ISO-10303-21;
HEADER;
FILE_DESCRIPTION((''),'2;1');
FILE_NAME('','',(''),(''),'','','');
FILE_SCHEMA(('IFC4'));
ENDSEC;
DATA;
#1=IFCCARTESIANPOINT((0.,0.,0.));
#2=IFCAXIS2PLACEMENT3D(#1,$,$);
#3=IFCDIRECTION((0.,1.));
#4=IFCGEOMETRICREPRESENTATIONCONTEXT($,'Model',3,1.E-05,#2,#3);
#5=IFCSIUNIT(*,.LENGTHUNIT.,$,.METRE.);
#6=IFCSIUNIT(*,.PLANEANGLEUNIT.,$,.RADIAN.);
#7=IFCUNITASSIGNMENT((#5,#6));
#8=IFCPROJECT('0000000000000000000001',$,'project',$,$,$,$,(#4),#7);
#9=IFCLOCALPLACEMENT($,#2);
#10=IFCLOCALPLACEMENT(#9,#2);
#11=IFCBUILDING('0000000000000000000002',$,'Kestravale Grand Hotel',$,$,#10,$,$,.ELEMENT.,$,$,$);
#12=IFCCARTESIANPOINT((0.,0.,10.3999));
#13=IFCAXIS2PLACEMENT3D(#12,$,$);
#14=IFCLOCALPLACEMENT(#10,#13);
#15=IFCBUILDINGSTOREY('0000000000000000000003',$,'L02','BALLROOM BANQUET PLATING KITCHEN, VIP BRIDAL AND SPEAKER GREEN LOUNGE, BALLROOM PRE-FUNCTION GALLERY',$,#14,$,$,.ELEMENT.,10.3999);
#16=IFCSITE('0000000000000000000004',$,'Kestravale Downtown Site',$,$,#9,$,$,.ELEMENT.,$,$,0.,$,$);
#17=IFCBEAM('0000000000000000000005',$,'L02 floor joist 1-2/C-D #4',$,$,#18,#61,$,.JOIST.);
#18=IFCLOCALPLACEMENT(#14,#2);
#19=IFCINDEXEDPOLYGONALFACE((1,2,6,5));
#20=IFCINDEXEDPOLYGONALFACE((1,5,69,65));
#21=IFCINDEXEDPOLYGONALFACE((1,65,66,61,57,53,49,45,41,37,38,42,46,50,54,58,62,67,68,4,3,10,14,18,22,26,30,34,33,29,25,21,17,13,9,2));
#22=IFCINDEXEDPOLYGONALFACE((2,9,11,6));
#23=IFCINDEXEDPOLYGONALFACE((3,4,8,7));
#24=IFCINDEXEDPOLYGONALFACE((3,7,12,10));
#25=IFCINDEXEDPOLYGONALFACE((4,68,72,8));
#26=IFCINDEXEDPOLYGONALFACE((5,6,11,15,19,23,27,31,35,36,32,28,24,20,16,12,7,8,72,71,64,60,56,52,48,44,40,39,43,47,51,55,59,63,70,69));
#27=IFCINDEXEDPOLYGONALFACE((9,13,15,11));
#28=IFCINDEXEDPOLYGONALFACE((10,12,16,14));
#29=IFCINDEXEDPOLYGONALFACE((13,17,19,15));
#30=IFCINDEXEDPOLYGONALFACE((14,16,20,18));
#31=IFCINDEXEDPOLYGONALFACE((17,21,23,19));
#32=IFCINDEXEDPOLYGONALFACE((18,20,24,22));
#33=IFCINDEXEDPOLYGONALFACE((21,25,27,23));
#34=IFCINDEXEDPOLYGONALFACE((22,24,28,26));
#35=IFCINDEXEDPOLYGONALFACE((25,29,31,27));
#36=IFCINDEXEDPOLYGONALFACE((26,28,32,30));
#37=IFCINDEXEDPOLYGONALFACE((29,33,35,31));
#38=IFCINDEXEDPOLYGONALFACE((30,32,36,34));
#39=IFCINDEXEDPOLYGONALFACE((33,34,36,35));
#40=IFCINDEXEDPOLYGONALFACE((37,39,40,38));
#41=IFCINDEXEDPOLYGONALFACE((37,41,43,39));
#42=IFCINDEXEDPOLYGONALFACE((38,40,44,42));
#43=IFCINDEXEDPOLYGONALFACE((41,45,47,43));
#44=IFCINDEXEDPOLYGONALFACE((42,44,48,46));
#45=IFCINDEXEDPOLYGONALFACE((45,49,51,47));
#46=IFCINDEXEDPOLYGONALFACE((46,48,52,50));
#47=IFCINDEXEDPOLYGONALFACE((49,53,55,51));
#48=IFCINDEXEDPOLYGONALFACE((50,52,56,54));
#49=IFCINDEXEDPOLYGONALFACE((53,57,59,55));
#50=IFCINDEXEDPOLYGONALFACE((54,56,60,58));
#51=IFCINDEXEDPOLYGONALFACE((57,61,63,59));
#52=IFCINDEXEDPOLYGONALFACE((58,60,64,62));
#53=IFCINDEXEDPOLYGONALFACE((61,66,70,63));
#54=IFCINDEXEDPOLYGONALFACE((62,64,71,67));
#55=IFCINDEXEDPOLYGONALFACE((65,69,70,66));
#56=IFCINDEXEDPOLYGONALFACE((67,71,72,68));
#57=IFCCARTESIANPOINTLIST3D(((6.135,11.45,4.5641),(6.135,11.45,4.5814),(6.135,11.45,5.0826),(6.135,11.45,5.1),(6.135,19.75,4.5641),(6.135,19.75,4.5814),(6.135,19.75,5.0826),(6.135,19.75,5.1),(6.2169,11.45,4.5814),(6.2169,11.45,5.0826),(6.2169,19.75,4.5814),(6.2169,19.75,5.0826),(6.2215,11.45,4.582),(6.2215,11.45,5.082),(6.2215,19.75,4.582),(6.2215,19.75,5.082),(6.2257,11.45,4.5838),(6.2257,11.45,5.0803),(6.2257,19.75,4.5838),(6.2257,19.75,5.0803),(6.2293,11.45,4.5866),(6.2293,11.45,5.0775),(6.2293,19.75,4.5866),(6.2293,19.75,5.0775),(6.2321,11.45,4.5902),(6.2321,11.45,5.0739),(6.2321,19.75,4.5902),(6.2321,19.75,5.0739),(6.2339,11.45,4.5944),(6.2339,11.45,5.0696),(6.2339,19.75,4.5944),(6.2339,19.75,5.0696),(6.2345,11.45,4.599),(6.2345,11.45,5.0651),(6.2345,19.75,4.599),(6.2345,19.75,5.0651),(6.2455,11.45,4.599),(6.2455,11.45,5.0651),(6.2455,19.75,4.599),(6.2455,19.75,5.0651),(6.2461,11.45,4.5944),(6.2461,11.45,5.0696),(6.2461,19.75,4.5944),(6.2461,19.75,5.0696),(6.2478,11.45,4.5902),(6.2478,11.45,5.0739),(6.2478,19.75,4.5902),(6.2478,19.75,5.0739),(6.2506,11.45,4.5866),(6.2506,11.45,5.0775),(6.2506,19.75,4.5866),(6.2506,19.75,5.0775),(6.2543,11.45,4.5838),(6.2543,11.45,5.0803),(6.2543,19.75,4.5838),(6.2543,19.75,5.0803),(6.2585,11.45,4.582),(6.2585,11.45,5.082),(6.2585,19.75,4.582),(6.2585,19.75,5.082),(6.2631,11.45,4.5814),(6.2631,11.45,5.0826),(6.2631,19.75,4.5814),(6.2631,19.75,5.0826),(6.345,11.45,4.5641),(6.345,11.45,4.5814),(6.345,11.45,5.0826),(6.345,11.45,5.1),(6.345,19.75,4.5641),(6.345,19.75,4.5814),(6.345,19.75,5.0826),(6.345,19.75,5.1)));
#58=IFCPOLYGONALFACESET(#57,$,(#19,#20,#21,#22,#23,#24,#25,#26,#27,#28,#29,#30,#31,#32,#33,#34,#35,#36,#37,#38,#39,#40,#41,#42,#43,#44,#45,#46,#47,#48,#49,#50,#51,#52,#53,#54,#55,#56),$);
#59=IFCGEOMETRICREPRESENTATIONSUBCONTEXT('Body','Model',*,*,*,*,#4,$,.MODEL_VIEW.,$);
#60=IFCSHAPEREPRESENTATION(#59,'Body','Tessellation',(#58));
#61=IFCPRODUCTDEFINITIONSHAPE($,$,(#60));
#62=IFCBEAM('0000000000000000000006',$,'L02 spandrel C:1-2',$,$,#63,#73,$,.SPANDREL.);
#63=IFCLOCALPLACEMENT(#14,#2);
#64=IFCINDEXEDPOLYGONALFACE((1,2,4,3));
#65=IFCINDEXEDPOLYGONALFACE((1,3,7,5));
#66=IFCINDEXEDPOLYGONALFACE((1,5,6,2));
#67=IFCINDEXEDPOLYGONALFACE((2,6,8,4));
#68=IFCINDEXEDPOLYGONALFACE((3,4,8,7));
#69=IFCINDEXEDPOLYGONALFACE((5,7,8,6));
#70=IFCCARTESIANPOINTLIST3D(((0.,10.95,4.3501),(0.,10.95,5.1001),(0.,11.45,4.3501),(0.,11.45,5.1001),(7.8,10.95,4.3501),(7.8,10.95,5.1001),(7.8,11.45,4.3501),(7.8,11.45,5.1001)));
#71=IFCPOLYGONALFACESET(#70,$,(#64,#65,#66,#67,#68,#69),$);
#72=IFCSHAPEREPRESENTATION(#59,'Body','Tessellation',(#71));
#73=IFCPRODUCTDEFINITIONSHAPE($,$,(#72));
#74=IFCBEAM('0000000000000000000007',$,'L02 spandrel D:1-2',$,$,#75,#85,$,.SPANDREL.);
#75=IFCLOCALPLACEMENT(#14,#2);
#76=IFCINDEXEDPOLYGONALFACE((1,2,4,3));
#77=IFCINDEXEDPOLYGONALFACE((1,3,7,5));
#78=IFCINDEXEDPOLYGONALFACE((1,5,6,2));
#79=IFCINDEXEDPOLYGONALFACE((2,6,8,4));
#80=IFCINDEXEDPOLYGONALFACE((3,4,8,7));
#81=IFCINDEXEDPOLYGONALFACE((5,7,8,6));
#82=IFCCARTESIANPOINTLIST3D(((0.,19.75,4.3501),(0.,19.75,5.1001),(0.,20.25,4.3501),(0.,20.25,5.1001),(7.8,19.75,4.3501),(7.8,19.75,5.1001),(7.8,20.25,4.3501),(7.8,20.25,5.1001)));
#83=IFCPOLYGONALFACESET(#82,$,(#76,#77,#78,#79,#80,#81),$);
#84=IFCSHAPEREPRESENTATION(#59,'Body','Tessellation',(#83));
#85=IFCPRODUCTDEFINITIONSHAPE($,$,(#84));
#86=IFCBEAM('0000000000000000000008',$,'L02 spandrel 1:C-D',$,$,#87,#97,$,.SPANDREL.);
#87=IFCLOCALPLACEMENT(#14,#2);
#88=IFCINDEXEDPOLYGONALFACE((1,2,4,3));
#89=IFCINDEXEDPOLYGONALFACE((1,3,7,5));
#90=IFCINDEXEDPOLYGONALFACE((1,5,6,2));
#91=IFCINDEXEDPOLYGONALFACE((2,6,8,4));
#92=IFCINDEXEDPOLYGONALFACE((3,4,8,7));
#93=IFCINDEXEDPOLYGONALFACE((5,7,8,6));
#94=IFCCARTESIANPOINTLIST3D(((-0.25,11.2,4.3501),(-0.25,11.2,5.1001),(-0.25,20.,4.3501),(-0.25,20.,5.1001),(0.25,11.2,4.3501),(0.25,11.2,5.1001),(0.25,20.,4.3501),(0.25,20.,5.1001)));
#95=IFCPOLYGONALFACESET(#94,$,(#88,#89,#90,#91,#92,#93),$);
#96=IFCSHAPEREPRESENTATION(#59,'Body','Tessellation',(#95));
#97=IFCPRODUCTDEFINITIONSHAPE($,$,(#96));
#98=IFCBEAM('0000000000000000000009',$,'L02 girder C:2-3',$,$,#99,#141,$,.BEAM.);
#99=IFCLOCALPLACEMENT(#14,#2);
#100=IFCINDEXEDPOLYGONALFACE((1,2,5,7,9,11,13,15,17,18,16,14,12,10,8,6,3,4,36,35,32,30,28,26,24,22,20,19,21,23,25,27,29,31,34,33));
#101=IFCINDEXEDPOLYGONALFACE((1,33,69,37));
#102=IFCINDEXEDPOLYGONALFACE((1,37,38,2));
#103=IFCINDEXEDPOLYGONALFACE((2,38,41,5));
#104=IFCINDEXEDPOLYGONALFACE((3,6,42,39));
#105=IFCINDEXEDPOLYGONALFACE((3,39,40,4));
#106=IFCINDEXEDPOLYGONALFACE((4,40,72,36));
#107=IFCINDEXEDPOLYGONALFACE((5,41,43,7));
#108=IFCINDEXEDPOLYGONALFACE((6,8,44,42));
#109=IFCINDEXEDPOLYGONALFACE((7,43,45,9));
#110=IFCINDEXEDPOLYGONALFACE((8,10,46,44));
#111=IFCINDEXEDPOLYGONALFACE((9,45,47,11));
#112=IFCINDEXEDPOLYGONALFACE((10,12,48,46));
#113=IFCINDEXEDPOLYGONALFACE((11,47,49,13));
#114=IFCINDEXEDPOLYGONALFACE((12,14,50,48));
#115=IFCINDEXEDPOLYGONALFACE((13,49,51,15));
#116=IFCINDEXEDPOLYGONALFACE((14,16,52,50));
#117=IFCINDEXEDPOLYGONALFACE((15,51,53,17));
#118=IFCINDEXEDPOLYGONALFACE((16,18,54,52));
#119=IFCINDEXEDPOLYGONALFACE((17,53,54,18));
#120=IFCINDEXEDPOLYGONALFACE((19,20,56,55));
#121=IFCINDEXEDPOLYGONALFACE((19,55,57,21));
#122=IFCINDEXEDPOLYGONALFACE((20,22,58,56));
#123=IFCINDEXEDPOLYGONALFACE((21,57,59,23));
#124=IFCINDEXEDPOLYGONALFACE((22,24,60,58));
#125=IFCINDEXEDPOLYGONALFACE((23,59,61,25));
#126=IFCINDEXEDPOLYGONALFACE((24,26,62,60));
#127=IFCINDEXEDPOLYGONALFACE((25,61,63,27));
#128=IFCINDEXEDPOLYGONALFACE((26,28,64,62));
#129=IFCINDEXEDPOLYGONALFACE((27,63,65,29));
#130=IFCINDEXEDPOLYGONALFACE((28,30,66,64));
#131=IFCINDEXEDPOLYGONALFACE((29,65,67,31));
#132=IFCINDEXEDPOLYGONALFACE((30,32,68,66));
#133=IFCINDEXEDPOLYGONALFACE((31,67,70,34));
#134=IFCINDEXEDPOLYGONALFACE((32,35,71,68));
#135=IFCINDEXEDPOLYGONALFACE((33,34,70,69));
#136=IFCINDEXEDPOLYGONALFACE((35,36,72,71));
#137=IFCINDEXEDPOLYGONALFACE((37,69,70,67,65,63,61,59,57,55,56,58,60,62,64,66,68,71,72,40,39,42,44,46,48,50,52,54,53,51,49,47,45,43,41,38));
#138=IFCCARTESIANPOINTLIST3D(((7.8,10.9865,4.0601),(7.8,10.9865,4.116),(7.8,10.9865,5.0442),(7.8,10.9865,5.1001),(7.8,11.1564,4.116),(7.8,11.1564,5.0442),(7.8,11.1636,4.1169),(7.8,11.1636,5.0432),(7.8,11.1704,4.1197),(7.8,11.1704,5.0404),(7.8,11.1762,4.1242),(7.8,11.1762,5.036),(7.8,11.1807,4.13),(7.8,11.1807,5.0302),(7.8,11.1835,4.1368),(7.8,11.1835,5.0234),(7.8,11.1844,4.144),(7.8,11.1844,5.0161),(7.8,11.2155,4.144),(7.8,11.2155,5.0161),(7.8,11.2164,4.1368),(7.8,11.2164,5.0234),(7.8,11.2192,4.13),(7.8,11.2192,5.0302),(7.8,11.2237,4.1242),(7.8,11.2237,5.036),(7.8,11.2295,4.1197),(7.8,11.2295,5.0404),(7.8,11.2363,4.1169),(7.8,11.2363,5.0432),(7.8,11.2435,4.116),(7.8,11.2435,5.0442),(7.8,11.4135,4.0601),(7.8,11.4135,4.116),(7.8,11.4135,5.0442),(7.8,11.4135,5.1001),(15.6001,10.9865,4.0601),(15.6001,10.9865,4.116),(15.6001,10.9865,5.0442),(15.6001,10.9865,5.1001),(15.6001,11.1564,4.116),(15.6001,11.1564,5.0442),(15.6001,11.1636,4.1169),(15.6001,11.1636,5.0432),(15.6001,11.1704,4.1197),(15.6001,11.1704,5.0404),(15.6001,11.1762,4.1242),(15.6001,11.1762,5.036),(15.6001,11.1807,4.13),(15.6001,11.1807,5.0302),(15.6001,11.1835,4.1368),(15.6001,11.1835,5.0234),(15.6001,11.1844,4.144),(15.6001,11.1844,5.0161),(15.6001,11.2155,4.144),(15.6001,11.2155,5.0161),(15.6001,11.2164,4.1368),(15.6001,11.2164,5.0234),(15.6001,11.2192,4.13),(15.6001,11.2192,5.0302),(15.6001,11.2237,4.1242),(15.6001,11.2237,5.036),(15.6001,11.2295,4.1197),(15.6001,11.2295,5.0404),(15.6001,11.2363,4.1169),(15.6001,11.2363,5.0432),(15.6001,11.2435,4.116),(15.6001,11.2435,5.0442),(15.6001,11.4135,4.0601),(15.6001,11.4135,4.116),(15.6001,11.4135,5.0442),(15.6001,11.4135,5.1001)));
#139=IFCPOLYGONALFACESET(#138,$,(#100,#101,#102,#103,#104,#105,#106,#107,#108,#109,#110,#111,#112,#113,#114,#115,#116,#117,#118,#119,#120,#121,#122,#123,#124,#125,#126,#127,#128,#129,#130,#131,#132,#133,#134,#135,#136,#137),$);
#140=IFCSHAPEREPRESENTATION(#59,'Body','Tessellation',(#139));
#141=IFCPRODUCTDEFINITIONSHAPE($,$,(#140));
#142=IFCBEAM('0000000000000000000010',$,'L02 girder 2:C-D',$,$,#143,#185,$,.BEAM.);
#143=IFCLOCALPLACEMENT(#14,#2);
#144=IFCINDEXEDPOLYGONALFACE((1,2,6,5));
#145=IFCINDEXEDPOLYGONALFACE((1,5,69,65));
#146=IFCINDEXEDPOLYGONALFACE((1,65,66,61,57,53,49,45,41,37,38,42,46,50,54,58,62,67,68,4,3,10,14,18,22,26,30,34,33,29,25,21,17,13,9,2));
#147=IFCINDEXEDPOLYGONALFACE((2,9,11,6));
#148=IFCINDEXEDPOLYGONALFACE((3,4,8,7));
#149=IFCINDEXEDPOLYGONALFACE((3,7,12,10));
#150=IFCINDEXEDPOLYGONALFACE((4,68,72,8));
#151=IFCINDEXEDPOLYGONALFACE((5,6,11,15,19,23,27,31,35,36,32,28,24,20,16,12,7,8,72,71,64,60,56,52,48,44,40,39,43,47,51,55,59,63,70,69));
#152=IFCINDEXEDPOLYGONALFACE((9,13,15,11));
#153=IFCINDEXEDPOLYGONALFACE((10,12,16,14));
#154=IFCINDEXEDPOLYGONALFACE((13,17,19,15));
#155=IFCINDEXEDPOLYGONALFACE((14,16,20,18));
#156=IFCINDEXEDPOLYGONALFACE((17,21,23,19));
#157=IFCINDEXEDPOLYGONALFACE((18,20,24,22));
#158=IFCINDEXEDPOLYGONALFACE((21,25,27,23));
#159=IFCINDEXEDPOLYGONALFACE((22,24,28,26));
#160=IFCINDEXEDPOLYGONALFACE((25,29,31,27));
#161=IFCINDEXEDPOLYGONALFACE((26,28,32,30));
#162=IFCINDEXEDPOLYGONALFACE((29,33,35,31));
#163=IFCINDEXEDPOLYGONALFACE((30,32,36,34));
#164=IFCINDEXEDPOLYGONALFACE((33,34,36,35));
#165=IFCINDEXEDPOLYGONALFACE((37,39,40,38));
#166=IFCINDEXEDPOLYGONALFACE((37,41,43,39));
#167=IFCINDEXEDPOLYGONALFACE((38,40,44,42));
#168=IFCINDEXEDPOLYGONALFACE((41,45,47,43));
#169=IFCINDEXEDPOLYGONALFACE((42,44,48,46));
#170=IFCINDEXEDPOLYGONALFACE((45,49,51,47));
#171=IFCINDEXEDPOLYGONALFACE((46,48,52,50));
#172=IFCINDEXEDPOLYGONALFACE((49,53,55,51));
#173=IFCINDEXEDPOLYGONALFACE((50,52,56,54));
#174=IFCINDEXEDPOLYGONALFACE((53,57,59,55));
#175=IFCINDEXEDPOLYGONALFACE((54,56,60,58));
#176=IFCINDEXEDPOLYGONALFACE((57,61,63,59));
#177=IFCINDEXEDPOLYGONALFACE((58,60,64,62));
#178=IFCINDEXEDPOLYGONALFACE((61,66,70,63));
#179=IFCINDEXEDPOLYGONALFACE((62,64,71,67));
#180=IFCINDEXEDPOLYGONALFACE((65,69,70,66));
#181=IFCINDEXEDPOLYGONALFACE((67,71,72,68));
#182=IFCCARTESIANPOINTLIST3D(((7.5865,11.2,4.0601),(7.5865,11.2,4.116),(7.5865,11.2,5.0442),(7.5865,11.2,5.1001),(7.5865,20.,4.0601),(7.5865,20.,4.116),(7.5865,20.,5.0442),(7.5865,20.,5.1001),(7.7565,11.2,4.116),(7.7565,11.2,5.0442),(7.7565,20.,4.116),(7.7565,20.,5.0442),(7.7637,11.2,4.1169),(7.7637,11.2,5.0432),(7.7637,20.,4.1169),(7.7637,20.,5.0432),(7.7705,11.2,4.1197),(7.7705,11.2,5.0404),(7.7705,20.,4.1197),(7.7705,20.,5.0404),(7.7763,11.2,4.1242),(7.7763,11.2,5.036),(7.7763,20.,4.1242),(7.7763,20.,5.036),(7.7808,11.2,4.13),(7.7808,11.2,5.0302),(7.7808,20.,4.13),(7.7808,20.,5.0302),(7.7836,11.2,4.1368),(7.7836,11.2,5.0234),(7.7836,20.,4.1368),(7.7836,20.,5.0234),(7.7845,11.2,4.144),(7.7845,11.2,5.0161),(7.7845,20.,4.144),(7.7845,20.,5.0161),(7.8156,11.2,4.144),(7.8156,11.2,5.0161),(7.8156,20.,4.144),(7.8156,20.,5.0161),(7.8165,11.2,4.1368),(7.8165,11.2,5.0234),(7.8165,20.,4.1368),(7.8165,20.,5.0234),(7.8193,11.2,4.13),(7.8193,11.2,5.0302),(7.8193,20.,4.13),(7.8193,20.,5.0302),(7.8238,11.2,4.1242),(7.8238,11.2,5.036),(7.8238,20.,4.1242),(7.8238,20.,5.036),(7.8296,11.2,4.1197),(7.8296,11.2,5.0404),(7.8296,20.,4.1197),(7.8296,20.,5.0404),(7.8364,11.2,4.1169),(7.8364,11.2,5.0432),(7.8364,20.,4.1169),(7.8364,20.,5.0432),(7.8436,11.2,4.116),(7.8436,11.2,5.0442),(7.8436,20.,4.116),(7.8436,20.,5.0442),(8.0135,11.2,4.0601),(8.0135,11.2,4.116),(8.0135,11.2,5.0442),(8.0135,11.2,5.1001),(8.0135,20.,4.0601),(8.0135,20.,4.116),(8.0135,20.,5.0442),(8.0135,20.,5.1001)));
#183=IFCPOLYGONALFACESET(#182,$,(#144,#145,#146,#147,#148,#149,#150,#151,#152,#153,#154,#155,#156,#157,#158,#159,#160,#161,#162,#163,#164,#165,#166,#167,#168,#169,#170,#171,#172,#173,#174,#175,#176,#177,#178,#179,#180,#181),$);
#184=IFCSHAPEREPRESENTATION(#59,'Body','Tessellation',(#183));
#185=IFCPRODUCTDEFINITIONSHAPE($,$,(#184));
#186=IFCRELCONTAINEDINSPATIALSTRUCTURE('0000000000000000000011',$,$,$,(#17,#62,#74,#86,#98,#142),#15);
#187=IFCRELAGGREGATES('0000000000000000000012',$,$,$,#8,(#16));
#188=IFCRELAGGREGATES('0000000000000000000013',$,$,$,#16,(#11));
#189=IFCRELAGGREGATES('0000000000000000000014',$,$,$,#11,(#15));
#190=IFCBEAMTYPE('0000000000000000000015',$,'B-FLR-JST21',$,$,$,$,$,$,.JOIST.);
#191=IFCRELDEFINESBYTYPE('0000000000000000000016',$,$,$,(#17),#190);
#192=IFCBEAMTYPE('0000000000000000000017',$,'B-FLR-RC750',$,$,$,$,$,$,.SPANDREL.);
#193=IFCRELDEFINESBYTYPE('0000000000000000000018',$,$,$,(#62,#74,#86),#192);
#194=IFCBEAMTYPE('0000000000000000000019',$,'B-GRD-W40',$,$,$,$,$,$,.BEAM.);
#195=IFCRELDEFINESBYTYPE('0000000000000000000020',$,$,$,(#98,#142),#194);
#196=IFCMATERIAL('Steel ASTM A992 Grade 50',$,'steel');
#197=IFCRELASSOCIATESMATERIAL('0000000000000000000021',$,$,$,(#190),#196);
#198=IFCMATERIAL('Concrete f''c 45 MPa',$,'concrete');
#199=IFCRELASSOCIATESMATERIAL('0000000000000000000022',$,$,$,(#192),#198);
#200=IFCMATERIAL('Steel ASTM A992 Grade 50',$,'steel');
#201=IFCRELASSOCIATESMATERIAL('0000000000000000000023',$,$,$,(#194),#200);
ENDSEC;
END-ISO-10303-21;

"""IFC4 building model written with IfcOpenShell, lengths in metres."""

from ifc_helpers import new_model, si_unit, direction, frame, origin, origin_2d, place, context, subcontext, project, spatial, rectangle, i_section, extrude, material, material_profile, profile_set, type_object, element, save


model = new_model("IFC4")

# Units and contexts
model_context = context("Model", 3, precision=1e-05, world=origin(), true_north=direction((0.0, 1.0)))
body_context = subcontext(model_context, "Body", "Model", "MODEL_VIEW")
ifc_project = project(units=[si_unit("LENGTHUNIT", "METRE"), si_unit("PLANEANGLEUNIT", "RADIAN")], contexts=[model_context])

# Site, building, storey
site_placement = place(None, origin())
site = spatial("IfcSite", under=ifc_project, at=site_placement, Name="Kestravale Downtown Site", CompositionType="ELEMENT", RefElevation=0.0)
building_placement = place(site_placement, origin())
building = spatial("IfcBuilding", under=site, at=building_placement, Name="Kestravale Grand Hotel", CompositionType="ELEMENT")
storey_placement = place(building_placement, frame((0.0, 0.0, 10.3999)))
storey = spatial("IfcBuildingStorey", under=building, at=storey_placement, Name="L02", Description="BALLROOM BANQUET PLATING KITCHEN, VIP BRIDAL AND SPEAKER GREEN LOUNGE, BALLROOM PRE-FUNCTION GALLERY", CompositionType="ELEMENT", Elevation=10.3999)

# Beams
ifc_material_1 = material(Name="Steel ASTM A992 Grade 50", Category="steel")
ifc_material_profile_1 = material_profile(ifc_material_1, i_section(OverallWidth=0.21, OverallDepth=0.5359, WebThickness=0.011, FlangeThickness=0.0173, FilletRadius=0.0176, at=origin_2d()))
ifc_profile_set_1 = profile_set([ifc_material_profile_1], Name="Steel ASTM A992 Grade 50")
beam_type_1 = type_object("IfcBeamType", Name="B-FLR-JST21", PredefinedType="JOIST", material=ifc_profile_set_1)
for number, where, z_axis, x_axis, name in (
    (1, (6.24, 11.45, 4.832), (0.0, 1.0, 0.0), (-1.0, 0.0, 0.0), "L02 floor joist 1-2/C-D #4"),
):
    element("IfcBeam", number, at=place(storey_placement, frame(where, z_axis=z_axis, x_axis=x_axis)), inside=storey, type_object=beam_type_1, Name=name, PredefinedType="JOIST", context=body_context, shape_type="SweptSolid", body=[
        extrude(i_section(OverallWidth=0.21, OverallDepth=0.5359, WebThickness=0.011, FlangeThickness=0.0173, FilletRadius=0.0176, at=origin_2d()), origin(), (0.0, 0.0, 1.0), 8.3),
    ])
ifc_material_2 = material(Name="Concrete f'c 45 MPa", Category="concrete")
ifc_material_profile_2 = material_profile(ifc_material_2, rectangle(XDim=0.5, YDim=0.75, at=origin_2d()))
ifc_profile_set_2 = profile_set([ifc_material_profile_2], Name="Concrete f'c 45 MPa")
beam_type_2 = type_object("IfcBeamType", Name="B-FLR-RC750", PredefinedType="SPANDREL", material=ifc_profile_set_2)
for number, where, z_axis, x_axis, name in (
    (2, (0.0, 11.2, 4.7251), (1.0, 0.0, 0.0), (0.0, 1.0, 0.0), "L02 spandrel C:1-2"),
    (3, (0.0, 20.0, 4.7251), (1.0, 0.0, 0.0), (0.0, 1.0, 0.0), "L02 spandrel D:1-2"),
):
    element("IfcBeam", number, at=place(storey_placement, frame(where, z_axis=z_axis, x_axis=x_axis)), inside=storey, type_object=beam_type_2, Name=name, PredefinedType="SPANDREL", context=body_context, shape_type="SweptSolid", body=[
        extrude(rectangle(XDim=0.5, YDim=0.75, at=origin_2d()), origin(), (0.0, 0.0, 1.0), 7.8),
    ])
beam_1_placement = place(storey_placement, frame((0.0, 11.2, 4.7251), z_axis=(0.0, 1.0, 0.0), x_axis=(-1.0, 0.0, 0.0)))
element("IfcBeam", 4, at=beam_1_placement, inside=storey, type_object=beam_type_2, Name="L02 spandrel 1:C-D", PredefinedType="SPANDREL", context=body_context, shape_type="SweptSolid", body=[
    extrude(rectangle(XDim=0.5, YDim=0.75, at=origin_2d()), origin(), (0.0, 0.0, 1.0), 8.8),
])
ifc_material_3 = material(Name="Steel ASTM A992 Grade 50", Category="steel")
ifc_material_profile_3 = material_profile(ifc_material_3, i_section(OverallWidth=0.427, OverallDepth=1.04, WebThickness=0.031, FlangeThickness=0.0559, FilletRadius=0.0281, at=origin_2d()))
ifc_profile_set_3 = profile_set([ifc_material_profile_3], Name="Steel ASTM A992 Grade 50")
beam_type_3 = type_object("IfcBeamType", Name="B-GRD-W40", PredefinedType="BEAM", material=ifc_profile_set_3)
beam_2_placement = place(storey_placement, frame((7.8, 11.2, 4.5801), z_axis=(1.0, 0.0, 0.0), x_axis=(0.0, 1.0, 0.0)))
element("IfcBeam", 5, at=beam_2_placement, inside=storey, type_object=beam_type_3, Name="L02 girder C:2-3", PredefinedType="BEAM", context=body_context, shape_type="SweptSolid", body=[
    extrude(i_section(OverallWidth=0.427, OverallDepth=1.04, WebThickness=0.031, FlangeThickness=0.0559, FilletRadius=0.0281, at=origin_2d()), origin(), (0.0, 0.0, 1.0), 7.8),
])
beam_3_placement = place(storey_placement, frame((7.8, 11.2, 4.5801), z_axis=(0.0, 1.0, 0.0), x_axis=(-1.0, 0.0, 0.0)))
element("IfcBeam", 6, at=beam_3_placement, inside=storey, type_object=beam_type_3, Name="L02 girder 2:C-D", PredefinedType="BEAM", context=body_context, shape_type="SweptSolid", body=[
    extrude(i_section(OverallWidth=0.427, OverallDepth=1.04, WebThickness=0.031, FlangeThickness=0.0559, FilletRadius=0.0281, at=origin_2d()), origin(), (0.0, 0.0, 1.0), 8.8),
])

save(model, "model.ifc")
